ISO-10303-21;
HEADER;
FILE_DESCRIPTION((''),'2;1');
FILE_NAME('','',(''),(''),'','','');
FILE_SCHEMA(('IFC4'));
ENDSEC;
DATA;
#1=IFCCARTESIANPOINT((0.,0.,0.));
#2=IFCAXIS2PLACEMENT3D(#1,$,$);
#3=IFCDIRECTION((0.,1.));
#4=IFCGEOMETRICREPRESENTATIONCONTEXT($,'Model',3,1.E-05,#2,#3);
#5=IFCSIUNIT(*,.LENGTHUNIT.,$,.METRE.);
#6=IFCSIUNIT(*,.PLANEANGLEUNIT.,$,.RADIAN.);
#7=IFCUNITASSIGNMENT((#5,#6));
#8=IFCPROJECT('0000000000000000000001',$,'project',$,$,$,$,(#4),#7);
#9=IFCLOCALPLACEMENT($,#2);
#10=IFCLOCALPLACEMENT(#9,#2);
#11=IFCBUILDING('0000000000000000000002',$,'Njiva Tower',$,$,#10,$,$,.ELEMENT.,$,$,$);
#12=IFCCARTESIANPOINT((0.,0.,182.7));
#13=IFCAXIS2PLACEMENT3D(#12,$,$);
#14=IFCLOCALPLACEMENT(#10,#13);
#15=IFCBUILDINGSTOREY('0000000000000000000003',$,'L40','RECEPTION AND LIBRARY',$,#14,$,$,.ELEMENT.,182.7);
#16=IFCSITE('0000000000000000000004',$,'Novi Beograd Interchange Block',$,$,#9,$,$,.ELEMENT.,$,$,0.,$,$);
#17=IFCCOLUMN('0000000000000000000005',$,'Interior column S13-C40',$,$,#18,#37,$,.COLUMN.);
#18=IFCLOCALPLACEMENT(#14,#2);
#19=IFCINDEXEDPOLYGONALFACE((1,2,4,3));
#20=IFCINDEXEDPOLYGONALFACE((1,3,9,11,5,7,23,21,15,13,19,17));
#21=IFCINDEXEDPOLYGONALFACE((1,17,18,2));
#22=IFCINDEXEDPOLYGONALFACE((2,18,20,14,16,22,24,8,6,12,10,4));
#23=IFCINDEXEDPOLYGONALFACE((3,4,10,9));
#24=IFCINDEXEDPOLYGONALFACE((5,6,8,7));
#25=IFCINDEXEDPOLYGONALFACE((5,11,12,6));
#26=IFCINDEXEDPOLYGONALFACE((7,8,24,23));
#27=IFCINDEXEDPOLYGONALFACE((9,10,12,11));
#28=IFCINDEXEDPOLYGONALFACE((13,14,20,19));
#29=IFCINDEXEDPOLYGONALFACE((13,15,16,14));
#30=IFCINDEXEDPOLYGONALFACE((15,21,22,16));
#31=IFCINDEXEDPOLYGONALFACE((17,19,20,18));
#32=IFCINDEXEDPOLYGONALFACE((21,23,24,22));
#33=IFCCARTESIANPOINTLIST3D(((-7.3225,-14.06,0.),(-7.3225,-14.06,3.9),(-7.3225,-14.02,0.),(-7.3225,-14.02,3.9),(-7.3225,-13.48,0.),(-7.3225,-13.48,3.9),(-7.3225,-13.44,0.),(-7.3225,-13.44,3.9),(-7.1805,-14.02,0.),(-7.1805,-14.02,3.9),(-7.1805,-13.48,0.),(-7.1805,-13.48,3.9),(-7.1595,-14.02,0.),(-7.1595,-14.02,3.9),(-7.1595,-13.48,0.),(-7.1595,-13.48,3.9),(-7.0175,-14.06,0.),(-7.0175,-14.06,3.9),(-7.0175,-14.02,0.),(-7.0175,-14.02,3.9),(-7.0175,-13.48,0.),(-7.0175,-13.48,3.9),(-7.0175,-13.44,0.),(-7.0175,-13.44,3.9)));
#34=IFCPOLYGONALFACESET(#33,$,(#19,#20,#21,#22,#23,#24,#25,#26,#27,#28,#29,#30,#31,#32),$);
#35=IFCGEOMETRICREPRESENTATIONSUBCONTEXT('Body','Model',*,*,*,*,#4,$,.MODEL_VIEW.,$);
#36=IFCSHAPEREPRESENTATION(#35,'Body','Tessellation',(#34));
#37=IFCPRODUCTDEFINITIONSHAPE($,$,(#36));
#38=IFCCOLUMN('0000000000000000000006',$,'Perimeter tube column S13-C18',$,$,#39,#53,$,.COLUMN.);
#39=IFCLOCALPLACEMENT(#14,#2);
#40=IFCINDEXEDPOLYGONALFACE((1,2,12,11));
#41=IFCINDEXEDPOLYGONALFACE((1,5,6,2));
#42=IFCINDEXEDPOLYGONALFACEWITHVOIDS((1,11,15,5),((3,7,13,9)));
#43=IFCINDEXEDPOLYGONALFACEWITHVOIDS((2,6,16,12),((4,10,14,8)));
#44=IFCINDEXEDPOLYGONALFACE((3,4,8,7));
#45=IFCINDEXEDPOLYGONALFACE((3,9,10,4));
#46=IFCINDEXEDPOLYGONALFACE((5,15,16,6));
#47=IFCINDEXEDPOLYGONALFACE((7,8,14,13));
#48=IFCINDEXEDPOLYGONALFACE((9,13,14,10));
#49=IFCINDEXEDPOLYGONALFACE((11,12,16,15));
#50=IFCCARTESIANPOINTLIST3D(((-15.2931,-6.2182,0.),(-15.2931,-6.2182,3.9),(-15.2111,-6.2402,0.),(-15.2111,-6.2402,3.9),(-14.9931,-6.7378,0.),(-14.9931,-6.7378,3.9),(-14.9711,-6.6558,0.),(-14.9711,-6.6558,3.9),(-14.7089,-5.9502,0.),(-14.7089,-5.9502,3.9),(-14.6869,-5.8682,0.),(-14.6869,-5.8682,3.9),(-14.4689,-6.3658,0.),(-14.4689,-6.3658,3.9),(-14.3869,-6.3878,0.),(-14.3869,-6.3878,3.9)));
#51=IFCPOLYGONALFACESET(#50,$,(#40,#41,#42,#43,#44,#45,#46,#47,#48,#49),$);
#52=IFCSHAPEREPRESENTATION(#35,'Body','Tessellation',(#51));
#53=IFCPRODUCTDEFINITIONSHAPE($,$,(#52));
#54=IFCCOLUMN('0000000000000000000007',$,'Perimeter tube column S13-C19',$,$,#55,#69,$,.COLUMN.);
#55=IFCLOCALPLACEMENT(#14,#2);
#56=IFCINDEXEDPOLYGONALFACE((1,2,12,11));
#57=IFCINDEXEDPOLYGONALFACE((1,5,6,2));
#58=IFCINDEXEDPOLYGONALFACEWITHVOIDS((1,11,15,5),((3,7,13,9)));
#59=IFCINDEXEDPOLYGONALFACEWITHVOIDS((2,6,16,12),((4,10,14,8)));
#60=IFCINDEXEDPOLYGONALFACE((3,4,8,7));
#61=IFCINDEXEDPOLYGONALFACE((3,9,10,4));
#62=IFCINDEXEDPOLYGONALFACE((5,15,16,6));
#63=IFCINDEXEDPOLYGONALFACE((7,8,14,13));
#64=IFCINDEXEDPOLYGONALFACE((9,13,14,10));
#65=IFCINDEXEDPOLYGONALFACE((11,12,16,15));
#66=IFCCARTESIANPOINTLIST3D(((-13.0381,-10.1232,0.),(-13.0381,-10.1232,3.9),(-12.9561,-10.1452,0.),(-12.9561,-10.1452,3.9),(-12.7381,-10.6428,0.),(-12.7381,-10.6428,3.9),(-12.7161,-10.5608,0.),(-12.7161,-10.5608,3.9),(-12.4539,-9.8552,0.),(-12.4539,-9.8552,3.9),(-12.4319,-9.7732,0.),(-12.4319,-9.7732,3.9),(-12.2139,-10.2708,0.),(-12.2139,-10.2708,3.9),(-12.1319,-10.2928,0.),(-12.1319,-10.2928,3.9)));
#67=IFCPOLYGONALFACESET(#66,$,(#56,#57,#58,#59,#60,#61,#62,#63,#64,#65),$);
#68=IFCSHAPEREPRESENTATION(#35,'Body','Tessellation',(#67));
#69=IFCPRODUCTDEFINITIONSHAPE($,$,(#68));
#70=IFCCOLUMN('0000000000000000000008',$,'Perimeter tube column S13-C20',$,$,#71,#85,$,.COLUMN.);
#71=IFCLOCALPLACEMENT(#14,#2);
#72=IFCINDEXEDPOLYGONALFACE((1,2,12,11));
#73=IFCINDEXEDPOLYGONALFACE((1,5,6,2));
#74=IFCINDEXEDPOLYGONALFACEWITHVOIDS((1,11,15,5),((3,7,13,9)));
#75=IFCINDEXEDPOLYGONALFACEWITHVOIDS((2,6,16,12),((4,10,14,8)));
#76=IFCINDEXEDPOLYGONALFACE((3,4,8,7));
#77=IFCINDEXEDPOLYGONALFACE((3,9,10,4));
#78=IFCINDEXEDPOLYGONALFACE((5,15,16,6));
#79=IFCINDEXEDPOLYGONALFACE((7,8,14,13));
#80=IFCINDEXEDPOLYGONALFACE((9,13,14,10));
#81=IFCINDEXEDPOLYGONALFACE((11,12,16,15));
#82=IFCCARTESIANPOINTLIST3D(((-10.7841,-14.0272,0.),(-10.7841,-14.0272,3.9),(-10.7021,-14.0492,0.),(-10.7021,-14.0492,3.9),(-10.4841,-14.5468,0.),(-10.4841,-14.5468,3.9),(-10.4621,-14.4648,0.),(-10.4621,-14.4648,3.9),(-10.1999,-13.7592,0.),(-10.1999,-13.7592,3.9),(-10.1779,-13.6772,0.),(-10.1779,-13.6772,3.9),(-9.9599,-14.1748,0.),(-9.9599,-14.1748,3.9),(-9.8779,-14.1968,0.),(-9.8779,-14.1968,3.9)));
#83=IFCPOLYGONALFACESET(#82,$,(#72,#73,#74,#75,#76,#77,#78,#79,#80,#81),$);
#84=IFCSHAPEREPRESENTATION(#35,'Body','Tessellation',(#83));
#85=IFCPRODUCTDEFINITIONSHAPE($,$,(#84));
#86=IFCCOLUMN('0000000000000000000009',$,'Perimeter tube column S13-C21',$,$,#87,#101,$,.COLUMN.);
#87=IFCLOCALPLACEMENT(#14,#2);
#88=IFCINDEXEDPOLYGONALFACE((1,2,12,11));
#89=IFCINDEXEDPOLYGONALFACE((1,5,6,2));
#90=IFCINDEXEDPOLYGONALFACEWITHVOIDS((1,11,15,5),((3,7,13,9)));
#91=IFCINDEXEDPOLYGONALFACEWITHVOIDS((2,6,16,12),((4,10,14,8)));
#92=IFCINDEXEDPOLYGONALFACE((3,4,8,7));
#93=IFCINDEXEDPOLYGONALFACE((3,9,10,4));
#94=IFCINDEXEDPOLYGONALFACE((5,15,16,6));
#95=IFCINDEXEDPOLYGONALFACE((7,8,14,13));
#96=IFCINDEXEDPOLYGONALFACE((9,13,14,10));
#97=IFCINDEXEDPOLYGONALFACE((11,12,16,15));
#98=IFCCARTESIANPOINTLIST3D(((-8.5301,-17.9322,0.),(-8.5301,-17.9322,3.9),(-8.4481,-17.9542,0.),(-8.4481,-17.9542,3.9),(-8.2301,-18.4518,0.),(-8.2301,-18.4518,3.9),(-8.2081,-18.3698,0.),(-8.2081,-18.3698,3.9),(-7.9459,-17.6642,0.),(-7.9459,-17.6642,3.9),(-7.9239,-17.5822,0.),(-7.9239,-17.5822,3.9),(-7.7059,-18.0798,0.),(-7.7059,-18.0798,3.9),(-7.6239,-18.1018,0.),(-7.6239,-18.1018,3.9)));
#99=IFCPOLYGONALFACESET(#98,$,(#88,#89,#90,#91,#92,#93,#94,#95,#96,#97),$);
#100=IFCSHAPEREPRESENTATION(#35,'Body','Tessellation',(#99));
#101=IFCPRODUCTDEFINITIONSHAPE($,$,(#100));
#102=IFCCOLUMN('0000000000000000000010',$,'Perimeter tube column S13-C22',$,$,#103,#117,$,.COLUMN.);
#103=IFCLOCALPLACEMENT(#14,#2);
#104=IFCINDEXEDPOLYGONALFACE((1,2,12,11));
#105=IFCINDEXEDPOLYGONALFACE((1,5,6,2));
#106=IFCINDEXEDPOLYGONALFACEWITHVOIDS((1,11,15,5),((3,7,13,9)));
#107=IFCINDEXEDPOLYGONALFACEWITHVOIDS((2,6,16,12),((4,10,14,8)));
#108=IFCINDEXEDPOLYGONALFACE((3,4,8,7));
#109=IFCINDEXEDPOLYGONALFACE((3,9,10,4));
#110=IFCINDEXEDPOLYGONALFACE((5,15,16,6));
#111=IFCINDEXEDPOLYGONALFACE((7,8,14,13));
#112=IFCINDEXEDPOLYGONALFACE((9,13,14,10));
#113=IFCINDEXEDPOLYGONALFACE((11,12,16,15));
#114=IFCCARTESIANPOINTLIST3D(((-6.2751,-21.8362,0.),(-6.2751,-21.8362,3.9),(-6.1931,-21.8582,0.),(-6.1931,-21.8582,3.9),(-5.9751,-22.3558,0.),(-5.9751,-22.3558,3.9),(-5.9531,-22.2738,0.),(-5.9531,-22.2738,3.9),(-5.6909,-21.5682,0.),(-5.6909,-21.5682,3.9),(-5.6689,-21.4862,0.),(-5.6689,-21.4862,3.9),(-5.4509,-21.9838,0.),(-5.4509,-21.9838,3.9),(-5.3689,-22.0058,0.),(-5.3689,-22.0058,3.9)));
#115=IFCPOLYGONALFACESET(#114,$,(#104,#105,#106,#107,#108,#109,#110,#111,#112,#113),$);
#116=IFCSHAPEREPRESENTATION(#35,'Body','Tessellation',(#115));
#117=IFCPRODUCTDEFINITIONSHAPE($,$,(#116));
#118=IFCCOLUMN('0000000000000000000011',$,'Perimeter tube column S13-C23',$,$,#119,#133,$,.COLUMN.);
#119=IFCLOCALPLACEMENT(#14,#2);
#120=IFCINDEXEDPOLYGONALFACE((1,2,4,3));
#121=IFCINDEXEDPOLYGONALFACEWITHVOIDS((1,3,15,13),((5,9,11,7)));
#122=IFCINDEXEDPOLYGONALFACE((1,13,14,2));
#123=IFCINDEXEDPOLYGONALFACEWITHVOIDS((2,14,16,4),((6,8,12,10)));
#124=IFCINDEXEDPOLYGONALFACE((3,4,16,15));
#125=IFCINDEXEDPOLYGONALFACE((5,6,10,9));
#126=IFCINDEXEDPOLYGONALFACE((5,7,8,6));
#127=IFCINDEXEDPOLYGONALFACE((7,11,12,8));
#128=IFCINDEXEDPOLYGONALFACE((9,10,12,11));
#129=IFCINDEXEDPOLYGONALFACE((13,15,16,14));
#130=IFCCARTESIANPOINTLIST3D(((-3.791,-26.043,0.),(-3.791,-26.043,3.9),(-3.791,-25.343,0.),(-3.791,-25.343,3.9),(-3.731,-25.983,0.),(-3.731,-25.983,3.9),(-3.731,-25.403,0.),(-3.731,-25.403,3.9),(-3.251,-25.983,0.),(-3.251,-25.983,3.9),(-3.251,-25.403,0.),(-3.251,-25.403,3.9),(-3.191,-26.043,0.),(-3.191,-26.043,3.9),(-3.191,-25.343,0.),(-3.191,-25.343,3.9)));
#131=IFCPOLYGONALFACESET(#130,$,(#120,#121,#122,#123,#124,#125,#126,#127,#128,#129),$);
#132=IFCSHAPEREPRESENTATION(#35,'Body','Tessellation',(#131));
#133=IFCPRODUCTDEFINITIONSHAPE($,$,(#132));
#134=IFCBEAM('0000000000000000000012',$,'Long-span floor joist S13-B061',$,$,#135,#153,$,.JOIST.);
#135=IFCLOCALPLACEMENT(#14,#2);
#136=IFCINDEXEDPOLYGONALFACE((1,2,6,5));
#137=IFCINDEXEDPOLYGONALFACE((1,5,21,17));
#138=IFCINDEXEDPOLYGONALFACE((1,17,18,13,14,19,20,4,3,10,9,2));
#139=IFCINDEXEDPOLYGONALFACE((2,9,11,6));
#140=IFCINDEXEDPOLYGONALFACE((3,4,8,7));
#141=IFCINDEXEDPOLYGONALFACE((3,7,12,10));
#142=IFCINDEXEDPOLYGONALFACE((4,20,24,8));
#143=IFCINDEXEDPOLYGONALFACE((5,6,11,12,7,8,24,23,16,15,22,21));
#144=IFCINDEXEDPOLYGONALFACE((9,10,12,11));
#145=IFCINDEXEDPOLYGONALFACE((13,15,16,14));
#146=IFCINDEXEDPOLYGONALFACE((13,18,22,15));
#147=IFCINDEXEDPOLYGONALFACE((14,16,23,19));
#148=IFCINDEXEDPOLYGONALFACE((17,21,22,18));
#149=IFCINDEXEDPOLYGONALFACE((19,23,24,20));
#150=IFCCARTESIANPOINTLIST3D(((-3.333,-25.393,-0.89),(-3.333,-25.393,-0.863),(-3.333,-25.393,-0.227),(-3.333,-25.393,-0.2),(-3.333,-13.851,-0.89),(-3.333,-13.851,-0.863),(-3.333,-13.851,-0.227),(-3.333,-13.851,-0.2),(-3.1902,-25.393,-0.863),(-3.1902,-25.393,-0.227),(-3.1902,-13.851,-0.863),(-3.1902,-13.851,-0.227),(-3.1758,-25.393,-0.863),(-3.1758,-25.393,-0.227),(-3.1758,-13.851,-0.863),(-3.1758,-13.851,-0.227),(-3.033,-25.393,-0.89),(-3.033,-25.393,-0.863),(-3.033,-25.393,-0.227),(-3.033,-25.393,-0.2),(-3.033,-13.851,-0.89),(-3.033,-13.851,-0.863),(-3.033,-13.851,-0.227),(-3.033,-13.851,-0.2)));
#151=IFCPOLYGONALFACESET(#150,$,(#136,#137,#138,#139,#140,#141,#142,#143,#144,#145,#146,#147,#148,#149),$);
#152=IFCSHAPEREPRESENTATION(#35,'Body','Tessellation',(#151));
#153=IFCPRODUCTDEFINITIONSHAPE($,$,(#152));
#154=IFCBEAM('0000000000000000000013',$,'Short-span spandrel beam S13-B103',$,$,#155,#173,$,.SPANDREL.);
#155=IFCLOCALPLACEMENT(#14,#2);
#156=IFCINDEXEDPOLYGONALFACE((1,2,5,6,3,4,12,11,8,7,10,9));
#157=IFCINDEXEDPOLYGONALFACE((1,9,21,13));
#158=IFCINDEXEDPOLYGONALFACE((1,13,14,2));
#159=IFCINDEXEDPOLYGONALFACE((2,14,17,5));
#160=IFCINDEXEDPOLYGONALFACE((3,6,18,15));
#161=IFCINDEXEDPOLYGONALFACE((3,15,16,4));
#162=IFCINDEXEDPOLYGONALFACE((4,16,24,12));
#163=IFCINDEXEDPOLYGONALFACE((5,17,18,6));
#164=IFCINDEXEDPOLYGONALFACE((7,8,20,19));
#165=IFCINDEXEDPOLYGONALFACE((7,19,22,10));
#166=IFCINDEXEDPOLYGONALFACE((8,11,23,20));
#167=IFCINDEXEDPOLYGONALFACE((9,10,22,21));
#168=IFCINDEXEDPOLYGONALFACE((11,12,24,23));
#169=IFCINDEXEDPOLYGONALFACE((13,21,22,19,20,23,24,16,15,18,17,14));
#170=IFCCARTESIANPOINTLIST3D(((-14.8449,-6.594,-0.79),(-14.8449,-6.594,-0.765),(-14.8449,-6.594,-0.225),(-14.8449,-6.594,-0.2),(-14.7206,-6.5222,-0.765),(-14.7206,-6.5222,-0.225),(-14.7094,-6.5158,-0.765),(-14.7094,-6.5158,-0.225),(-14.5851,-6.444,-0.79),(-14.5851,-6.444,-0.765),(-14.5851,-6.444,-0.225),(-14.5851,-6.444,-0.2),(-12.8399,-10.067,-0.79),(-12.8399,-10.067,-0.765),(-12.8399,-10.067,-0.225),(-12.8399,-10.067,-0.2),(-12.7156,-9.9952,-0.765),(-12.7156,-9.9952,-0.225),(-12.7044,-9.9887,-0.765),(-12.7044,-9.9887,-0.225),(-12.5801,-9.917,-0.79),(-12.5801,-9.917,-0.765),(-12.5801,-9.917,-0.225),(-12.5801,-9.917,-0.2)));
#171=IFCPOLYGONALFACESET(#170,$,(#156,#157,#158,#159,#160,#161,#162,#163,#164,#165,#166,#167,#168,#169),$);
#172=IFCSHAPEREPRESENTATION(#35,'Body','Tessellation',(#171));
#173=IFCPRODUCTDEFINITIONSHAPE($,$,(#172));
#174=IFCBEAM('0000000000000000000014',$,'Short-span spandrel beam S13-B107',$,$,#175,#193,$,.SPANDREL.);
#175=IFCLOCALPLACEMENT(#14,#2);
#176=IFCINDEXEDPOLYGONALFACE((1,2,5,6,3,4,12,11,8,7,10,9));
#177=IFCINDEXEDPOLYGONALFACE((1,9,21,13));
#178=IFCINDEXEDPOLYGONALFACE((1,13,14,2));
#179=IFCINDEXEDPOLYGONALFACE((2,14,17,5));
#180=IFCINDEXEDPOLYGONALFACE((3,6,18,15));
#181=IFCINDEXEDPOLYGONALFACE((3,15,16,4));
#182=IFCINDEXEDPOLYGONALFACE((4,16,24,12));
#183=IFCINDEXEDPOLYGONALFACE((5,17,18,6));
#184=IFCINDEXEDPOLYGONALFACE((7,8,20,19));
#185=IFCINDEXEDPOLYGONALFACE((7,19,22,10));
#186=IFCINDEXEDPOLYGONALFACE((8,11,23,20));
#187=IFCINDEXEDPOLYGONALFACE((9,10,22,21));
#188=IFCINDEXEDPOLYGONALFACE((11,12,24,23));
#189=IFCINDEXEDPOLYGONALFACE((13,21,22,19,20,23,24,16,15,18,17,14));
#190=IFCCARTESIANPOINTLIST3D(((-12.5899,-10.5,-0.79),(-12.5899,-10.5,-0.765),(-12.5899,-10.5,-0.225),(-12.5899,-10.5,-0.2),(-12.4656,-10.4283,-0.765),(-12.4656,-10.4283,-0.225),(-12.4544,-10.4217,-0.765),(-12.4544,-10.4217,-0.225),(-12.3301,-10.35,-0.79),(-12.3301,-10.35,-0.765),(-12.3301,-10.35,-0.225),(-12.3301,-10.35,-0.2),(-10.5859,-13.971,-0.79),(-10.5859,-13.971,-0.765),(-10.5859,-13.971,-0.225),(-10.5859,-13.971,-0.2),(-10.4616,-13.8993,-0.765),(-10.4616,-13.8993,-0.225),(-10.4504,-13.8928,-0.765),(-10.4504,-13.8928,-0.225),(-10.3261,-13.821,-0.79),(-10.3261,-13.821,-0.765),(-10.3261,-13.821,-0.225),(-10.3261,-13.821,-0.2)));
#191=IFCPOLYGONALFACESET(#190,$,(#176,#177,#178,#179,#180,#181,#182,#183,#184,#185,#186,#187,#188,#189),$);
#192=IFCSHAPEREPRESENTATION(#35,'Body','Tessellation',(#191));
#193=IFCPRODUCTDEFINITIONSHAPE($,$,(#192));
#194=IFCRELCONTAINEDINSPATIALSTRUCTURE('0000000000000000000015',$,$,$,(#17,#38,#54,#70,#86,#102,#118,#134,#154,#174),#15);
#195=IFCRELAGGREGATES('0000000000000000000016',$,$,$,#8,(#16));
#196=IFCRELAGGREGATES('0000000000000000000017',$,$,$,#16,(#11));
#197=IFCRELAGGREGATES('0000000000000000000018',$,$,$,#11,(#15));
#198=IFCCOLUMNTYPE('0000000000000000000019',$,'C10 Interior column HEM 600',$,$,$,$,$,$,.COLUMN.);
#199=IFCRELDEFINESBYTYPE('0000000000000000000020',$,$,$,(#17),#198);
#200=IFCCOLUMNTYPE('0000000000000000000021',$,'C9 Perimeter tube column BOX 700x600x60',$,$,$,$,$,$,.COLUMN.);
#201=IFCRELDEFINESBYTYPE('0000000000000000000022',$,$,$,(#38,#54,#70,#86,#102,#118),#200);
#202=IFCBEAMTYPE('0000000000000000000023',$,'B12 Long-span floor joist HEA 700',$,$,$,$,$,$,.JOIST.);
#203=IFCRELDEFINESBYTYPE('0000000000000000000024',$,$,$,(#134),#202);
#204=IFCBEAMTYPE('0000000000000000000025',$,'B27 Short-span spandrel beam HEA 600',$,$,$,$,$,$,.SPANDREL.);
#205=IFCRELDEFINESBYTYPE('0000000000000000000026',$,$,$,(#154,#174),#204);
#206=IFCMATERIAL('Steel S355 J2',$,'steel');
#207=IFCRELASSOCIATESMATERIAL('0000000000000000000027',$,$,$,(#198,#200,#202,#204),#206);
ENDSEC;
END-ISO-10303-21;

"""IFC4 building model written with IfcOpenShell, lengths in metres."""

from ifc_helpers import new_model, si_unit, direction, frame, origin, origin_2d, place, context, subcontext, project, spatial, hollow_rectangle, i_section, extrude, material, material_profile, profile_set, type_object, element, save


model = new_model("IFC4")

# Units and contexts
model_context = context("Model", 3, precision=1e-05, world=origin(), true_north=direction((0.0, 1.0)))
body_context = subcontext(model_context, "Body", "Model", "MODEL_VIEW")
ifc_project = project(units=[si_unit("LENGTHUNIT", "METRE"), si_unit("PLANEANGLEUNIT", "RADIAN")], contexts=[model_context])

# Site, building, storey
site_placement = place(None, origin())
site = spatial("IfcSite", under=ifc_project, at=site_placement, Name="Novi Beograd Interchange Block", CompositionType="ELEMENT", RefElevation=0.0)
building_placement = place(site_placement, origin())
building = spatial("IfcBuilding", under=site, at=building_placement, Name="Njiva Tower", CompositionType="ELEMENT")
storey_placement = place(building_placement, frame((0.0, 0.0, 182.7)))
storey = spatial("IfcBuildingStorey", under=building, at=storey_placement, Name="L40", Description="RECEPTION AND LIBRARY", CompositionType="ELEMENT", Elevation=182.7)

# Columns
ifc_material_1 = material(Name="Steel S355 J2", Category="steel")
ifc_material_profile_1 = material_profile(ifc_material_1, i_section(OverallWidth=0.305, OverallDepth=0.62, WebThickness=0.021, FlangeThickness=0.04, at=origin_2d()), Name="HEM 600")
ifc_profile_set_1 = profile_set([ifc_material_profile_1], Name="Steel S355 J2")
column_type_1 = type_object("IfcColumnType", Name="C10 Interior column HEM 600", PredefinedType="COLUMN", material=ifc_profile_set_1)
column_placement = place(storey_placement, frame((-7.17, -13.75, 0.0), z_axis=(0.0, 0.0, 1.0), x_axis=(1.0, 0.0, 0.0)))
element("IfcColumn", 1, at=column_placement, inside=storey, type_object=column_type_1, Name="Interior column S13-C40", PredefinedType="COLUMN", context=body_context, shape_type="SweptSolid", body=[
    extrude(i_section(OverallWidth=0.305, OverallDepth=0.62, WebThickness=0.021, FlangeThickness=0.04, at=origin_2d()), origin(), (0.0, 0.0, 1.0), 3.9),
])
ifc_material_profile_2 = material_profile(ifc_material_1, hollow_rectangle(XDim=0.6, YDim=0.7, WallThickness=0.06, at=origin_2d()), Name="BOX 700x600x60")
ifc_profile_set_2 = profile_set([ifc_material_profile_2], Name="Steel S355 J2")
column_type_2 = type_object("IfcColumnType", Name="C9 Perimeter tube column BOX 700x600x60", PredefinedType="COLUMN", material=ifc_profile_set_2)
for number, where, z_axis, x_axis, name in (
    (2, (-14.84, -6.303, 0.0), (0.0, 0.0, 1.0), (0.5, -0.866025, 0.0), "Perimeter tube column S13-C18"),
    (3, (-12.585, -10.208, 0.0), (0.0, 0.0, 1.0), (0.5, -0.866025, 0.0), "Perimeter tube column S13-C19"),
    (4, (-10.331, -14.112, 0.0), (0.0, 0.0, 1.0), (0.5, -0.866025, 0.0), "Perimeter tube column S13-C20"),
    (5, (-8.077, -18.017, 0.0), (0.0, 0.0, 1.0), (0.5, -0.866025, 0.0), "Perimeter tube column S13-C21"),
    (6, (-5.822, -21.921, 0.0), (0.0, 0.0, 1.0), (0.5, -0.866025, 0.0), "Perimeter tube column S13-C22"),
    (7, (-3.491, -25.693, 0.0), (0.0, 0.0, 1.0), (1.0, 0.0, 0.0), "Perimeter tube column S13-C23"),
):
    element("IfcColumn", number, at=place(storey_placement, frame(where, z_axis=z_axis, x_axis=x_axis)), inside=storey, type_object=column_type_2, Name=name, PredefinedType="COLUMN", context=body_context, shape_type="SweptSolid", body=[
        extrude(hollow_rectangle(XDim=0.6, YDim=0.7, WallThickness=0.06, at=origin_2d()), origin(), (0.0, 0.0, 1.0), 3.9),
    ])

# Beams
ifc_material_profile_3 = material_profile(ifc_material_1, i_section(OverallWidth=0.3, OverallDepth=0.69, WebThickness=0.0145, FlangeThickness=0.027, at=origin_2d()), Name="HEA 700")
ifc_profile_set_3 = profile_set([ifc_material_profile_3], Name="Steel S355 J2")
beam_type_1 = type_object("IfcBeamType", Name="B12 Long-span floor joist HEA 700", PredefinedType="JOIST", material=ifc_profile_set_3)
beam_1_placement = place(storey_placement, frame((-3.183, -13.851, -0.545), z_axis=(0.0, -1.0, 0.0), x_axis=(1.0, 0.0, 0.0)))
element("IfcBeam", 8, at=beam_1_placement, inside=storey, type_object=beam_type_1, Name="Long-span floor joist S13-B061", PredefinedType="JOIST", context=body_context, shape_type="SweptSolid", body=[
    extrude(i_section(OverallWidth=0.3, OverallDepth=0.69, WebThickness=0.0145, FlangeThickness=0.027, at=origin_2d()), origin(), (0.0, 0.0, 1.0), 11.542),
])
ifc_material_profile_4 = material_profile(ifc_material_1, i_section(OverallWidth=0.3, OverallDepth=0.59, WebThickness=0.013, FlangeThickness=0.025, at=origin_2d()), Name="HEA 600")
ifc_profile_set_4 = profile_set([ifc_material_profile_4], Name="Steel S355 J2")
beam_type_2 = type_object("IfcBeamType", Name="B27 Short-span spandrel beam HEA 600", PredefinedType="SPANDREL", material=ifc_profile_set_4)
beam_2_placement = place(storey_placement, frame((-14.715, -6.519, -0.495), z_axis=(0.499974, -0.86604, 0.0), x_axis=(0.86604, 0.499974, 0.0)))
element("IfcBeam", 9, at=beam_2_placement, inside=storey, type_object=beam_type_2, Name="Short-span spandrel beam S13-B103", PredefinedType="SPANDREL", context=body_context, shape_type="SweptSolid", body=[
    extrude(i_section(OverallWidth=0.3, OverallDepth=0.59, WebThickness=0.013, FlangeThickness=0.025, at=origin_2d()), origin(), (0.0, 0.0, 1.0), 4.0102),
])
for number, where, z_axis, x_axis, name in (
    (10, (-12.46, -10.425, -0.495), (0.500003, -0.866024, 0.0), (0.866024, 0.500003, 0.0), "Short-span spandrel beam S13-B107"),
):
    element("IfcBeam", number, at=place(storey_placement, frame(where, z_axis=z_axis, x_axis=x_axis)), inside=storey, type_object=beam_type_2, Name=name, PredefinedType="SPANDREL", context=body_context, shape_type="SweptSolid", body=[
        extrude(i_section(OverallWidth=0.3, OverallDepth=0.59, WebThickness=0.013, FlangeThickness=0.025, at=origin_2d()), origin(), (0.0, 0.0, 1.0), 4.008),
    ])

save(model, "model.ifc")
